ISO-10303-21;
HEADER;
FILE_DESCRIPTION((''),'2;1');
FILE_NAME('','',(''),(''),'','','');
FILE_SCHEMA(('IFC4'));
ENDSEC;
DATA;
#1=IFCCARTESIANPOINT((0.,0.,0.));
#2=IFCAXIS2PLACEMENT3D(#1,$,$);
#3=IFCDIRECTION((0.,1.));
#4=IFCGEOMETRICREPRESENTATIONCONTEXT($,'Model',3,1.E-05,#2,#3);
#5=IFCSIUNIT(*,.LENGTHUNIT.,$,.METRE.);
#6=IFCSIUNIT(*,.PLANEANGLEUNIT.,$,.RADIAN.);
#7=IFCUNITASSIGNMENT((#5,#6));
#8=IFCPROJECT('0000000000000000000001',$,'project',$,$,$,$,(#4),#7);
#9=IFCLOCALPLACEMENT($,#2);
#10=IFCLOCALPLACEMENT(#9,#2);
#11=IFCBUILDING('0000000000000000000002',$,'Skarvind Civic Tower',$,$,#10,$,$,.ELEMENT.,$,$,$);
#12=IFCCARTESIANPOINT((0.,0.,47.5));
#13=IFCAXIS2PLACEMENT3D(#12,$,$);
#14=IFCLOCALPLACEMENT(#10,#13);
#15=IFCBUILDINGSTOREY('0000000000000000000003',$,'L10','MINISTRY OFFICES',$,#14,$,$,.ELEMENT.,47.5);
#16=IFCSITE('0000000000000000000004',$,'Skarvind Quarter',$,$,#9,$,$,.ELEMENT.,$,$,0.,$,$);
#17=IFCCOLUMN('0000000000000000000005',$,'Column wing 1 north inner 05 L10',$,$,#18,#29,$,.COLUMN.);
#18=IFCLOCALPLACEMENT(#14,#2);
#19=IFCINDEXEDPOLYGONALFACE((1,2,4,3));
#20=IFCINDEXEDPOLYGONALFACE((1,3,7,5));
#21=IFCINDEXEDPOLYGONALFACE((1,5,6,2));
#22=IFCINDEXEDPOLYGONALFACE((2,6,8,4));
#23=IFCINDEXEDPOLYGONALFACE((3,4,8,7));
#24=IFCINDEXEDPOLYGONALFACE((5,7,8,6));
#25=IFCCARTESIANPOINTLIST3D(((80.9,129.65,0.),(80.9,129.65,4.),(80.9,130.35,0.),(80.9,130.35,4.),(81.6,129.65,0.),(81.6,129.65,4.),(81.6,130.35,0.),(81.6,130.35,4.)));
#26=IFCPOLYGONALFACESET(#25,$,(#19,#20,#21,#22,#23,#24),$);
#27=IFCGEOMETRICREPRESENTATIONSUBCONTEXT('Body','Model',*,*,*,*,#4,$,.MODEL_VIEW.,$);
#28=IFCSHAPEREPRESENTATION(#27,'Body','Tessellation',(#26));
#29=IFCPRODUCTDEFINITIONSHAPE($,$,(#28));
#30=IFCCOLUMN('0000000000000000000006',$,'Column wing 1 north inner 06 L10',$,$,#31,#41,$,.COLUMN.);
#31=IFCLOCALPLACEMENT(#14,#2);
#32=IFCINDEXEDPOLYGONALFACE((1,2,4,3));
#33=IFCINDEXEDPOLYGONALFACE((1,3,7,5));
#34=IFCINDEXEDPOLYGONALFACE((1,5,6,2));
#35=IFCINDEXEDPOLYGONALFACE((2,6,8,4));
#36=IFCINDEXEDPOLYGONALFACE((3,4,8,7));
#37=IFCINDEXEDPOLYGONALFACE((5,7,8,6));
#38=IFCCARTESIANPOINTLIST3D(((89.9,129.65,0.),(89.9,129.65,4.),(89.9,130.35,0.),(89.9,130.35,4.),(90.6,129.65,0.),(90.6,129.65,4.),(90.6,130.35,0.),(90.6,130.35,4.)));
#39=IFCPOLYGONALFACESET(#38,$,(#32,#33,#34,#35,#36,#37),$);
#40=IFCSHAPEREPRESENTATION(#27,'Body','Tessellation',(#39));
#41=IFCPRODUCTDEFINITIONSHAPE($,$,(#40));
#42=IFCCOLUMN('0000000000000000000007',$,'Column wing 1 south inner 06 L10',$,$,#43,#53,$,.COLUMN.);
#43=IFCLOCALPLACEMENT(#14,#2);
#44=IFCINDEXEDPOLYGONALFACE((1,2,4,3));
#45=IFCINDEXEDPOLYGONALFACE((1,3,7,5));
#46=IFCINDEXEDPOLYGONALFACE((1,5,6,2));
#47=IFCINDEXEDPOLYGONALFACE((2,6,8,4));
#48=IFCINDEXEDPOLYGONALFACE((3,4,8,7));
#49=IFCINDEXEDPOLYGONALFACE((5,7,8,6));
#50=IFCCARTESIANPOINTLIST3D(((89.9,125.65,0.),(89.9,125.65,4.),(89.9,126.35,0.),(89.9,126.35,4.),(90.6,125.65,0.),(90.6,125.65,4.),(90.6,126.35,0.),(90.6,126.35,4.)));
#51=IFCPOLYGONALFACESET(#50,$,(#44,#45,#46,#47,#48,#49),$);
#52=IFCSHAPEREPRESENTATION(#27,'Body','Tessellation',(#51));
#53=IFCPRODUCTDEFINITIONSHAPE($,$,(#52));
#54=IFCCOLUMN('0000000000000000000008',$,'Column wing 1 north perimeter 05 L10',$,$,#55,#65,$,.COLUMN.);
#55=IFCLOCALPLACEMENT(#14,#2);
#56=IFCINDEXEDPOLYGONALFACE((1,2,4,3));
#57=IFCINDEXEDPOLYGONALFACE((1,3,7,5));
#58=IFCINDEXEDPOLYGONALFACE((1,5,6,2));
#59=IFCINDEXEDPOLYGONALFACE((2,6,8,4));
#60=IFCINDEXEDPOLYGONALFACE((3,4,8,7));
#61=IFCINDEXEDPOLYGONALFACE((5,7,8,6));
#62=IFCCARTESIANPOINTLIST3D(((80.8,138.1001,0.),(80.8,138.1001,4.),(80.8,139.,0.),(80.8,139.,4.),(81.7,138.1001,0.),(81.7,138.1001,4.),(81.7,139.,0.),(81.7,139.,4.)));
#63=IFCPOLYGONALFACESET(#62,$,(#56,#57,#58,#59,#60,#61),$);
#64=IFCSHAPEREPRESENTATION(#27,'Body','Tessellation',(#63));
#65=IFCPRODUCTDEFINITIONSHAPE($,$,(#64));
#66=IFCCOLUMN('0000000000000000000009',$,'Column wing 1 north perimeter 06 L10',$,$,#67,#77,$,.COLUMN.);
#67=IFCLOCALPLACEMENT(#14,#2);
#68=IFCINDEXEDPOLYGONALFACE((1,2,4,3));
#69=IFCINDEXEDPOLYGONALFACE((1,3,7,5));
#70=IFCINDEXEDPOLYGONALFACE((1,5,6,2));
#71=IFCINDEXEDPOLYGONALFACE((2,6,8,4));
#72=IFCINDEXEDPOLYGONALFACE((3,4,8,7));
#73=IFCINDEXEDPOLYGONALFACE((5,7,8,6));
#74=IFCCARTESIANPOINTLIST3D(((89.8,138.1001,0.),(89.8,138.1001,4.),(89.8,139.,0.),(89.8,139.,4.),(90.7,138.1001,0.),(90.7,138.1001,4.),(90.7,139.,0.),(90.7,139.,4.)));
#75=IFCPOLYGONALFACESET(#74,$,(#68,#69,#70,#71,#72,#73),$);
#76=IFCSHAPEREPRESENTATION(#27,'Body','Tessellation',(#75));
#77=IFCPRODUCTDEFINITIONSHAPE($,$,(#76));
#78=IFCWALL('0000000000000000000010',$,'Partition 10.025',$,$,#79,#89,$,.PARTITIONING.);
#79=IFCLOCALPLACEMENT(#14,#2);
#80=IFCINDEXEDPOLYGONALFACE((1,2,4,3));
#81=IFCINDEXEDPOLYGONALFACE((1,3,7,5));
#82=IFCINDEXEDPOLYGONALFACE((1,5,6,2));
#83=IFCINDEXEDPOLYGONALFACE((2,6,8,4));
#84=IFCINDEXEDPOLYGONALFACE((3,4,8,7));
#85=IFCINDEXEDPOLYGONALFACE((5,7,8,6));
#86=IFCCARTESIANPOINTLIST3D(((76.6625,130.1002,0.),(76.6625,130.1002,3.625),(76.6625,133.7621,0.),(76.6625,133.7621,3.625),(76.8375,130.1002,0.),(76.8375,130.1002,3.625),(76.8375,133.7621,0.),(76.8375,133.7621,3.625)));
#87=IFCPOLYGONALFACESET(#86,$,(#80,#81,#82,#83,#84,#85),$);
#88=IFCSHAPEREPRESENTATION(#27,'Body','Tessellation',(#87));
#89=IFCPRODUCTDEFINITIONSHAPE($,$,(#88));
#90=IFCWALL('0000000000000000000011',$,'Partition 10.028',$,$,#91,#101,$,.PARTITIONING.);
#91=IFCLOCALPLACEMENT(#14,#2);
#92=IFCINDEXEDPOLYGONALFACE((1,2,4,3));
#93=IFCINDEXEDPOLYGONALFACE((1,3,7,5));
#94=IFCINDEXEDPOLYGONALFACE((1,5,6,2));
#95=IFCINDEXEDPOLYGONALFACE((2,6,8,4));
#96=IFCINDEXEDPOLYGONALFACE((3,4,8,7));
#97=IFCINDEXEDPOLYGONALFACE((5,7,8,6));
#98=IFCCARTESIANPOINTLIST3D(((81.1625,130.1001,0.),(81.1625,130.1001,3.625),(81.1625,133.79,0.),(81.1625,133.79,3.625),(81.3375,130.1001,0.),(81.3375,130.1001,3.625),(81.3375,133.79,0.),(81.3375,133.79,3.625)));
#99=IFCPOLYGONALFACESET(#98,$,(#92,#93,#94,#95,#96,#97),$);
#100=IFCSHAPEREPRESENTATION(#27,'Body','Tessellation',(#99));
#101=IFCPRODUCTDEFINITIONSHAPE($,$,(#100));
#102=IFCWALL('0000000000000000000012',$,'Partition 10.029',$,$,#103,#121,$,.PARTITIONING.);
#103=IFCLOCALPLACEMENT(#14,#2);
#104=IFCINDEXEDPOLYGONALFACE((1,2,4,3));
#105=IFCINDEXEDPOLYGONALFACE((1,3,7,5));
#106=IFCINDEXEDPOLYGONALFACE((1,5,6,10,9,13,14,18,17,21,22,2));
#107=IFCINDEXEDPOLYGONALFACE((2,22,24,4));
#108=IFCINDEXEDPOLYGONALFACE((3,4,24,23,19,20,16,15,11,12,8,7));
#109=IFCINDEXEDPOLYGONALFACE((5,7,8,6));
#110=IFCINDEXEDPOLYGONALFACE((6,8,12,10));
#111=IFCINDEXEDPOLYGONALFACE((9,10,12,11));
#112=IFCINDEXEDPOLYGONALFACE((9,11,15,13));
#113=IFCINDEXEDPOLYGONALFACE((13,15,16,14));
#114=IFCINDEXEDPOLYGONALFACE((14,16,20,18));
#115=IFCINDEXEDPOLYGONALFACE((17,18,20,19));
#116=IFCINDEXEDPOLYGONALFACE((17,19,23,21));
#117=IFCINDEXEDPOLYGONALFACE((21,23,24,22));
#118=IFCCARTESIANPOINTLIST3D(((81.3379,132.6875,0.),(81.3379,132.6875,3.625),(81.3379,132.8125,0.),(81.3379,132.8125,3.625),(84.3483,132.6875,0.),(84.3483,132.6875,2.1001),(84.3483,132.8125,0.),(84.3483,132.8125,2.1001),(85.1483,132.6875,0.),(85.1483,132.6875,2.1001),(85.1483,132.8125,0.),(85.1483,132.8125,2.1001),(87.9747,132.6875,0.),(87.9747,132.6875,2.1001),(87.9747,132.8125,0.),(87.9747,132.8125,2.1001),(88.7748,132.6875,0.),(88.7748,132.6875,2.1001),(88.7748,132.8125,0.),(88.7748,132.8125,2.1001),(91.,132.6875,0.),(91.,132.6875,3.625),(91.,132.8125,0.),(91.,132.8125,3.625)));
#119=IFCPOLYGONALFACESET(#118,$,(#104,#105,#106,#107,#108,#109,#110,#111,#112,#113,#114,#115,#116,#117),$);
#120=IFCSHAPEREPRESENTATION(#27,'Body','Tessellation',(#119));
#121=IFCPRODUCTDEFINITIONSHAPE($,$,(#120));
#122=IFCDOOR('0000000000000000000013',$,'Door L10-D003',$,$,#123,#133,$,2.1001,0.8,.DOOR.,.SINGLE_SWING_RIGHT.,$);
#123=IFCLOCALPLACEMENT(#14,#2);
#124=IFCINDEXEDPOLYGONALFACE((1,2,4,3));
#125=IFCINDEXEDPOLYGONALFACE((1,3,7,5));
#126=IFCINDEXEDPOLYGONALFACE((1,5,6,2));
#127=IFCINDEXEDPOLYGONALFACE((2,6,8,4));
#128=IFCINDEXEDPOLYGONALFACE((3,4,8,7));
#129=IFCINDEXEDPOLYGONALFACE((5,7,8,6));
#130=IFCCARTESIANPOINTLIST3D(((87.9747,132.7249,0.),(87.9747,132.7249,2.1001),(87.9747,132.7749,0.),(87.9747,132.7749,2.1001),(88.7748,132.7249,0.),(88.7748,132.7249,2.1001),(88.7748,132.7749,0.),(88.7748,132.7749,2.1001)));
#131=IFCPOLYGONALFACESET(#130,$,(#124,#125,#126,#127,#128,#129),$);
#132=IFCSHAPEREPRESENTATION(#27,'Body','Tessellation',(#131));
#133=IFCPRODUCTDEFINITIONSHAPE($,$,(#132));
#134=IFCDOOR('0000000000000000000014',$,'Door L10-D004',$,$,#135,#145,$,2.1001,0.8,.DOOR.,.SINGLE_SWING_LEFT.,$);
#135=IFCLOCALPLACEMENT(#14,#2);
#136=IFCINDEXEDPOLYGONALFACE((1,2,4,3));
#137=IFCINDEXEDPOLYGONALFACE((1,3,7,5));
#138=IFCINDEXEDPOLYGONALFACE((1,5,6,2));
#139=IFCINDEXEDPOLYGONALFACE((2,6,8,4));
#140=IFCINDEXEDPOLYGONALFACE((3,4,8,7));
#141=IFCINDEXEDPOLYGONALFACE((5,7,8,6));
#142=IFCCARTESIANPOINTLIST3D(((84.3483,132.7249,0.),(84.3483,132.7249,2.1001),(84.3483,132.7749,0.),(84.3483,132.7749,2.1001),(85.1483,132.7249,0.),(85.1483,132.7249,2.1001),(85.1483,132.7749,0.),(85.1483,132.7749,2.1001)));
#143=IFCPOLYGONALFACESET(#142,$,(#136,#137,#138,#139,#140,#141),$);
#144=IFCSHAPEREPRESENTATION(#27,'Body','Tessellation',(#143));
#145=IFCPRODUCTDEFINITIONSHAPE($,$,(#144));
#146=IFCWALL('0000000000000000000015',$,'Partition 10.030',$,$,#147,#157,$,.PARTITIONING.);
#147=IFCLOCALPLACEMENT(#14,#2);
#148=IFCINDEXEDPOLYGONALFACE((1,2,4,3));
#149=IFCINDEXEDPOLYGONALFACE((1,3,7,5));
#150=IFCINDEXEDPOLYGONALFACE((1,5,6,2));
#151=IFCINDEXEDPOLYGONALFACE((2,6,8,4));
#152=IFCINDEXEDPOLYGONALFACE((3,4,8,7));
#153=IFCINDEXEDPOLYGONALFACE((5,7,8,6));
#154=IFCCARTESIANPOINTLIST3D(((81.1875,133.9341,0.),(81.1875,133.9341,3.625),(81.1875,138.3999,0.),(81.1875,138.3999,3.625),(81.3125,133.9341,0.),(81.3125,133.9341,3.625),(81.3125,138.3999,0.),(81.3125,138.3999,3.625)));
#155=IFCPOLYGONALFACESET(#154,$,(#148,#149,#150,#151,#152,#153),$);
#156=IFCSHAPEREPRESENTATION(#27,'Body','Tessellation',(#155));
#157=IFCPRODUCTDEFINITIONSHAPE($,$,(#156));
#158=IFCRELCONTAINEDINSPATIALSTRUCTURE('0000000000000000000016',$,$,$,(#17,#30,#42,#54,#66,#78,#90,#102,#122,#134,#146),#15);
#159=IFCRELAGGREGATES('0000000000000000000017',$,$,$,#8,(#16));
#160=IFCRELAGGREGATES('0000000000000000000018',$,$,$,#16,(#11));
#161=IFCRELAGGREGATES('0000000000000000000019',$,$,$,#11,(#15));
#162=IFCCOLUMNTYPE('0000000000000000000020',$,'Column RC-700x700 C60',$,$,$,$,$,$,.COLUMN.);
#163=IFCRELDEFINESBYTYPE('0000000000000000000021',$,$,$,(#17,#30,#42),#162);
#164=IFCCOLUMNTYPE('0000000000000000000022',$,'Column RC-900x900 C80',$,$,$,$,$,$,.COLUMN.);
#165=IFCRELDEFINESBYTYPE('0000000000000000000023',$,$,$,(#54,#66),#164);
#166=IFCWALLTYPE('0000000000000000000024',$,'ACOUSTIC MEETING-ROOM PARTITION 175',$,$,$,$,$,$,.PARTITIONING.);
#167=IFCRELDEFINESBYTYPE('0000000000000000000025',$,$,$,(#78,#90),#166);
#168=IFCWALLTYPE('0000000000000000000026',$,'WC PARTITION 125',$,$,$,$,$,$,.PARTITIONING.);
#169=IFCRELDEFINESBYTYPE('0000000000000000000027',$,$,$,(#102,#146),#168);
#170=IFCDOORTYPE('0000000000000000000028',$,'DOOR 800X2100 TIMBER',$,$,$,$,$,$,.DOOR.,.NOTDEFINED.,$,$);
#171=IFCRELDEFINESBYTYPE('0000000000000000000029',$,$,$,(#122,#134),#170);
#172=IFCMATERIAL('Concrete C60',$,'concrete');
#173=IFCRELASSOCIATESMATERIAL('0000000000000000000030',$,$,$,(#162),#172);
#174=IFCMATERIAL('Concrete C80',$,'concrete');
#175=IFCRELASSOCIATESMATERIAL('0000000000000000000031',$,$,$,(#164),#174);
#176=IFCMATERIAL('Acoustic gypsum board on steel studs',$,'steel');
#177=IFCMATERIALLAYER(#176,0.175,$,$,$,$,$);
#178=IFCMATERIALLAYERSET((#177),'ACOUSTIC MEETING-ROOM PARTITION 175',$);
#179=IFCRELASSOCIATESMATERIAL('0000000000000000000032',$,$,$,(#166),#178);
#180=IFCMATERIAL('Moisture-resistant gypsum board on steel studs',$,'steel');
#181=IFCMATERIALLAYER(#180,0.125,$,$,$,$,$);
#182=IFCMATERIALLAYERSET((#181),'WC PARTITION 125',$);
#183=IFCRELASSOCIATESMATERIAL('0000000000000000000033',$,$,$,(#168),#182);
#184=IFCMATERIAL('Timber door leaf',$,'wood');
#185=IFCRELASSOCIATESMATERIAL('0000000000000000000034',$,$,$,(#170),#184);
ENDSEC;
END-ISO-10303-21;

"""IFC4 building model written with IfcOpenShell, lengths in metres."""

from ifc_helpers import new_model, si_unit, direction, frame, frame_2d, origin, origin_2d, place, context, subcontext, project, spatial, rectangle, extrude, material, layer, layer_set, material_profile, profile_set, type_object, element, fill, save


model = new_model("IFC4")

# Units and contexts
model_context = context("Model", 3, precision=1e-05, world=origin(), true_north=direction((0.0, 1.0)))
body_context = subcontext(model_context, "Body", "Model", "MODEL_VIEW")
ifc_project = project(units=[si_unit("LENGTHUNIT", "METRE"), si_unit("PLANEANGLEUNIT", "RADIAN")], contexts=[model_context])

# Site, building, storey
site_placement = place(None, origin())
site = spatial("IfcSite", under=ifc_project, at=site_placement, Name="Skarvind Quarter", CompositionType="ELEMENT", RefElevation=0.0)
building_placement = place(site_placement, origin())
building = spatial("IfcBuilding", under=site, at=building_placement, Name="Skarvind Civic Tower", CompositionType="ELEMENT")
storey_placement = place(building_placement, frame((0.0, 0.0, 47.5)))
storey = spatial("IfcBuildingStorey", under=building, at=storey_placement, Name="L10", Description="MINISTRY OFFICES", CompositionType="ELEMENT", Elevation=47.5)

# Columns
ifc_material_1 = material(Name="Concrete C60", Category="concrete")
ifc_material_profile_1 = material_profile(ifc_material_1, rectangle(XDim=0.7, YDim=0.7, at=origin_2d()), Name="RC-700x700")
ifc_profile_set_1 = profile_set([ifc_material_profile_1], Name="Concrete C60")
column_type_1 = type_object("IfcColumnType", Name="Column RC-700x700 C60", PredefinedType="COLUMN", material=ifc_profile_set_1)
for number, where, z_axis, x_axis, name in (
    (1, (81.25, 130.0, 0.0), (0.0, 0.0, 1.0), (1.0, 0.0, 0.0), "Column wing 1 north inner 05 L10"),
    (2, (90.25, 130.0, 0.0), (0.0, 0.0, 1.0), (1.0, 0.0, 0.0), "Column wing 1 north inner 06 L10"),
    (3, (90.25, 126.0, 0.0), (0.0, 0.0, 1.0), (1.0, 0.0, 0.0), "Column wing 1 south inner 06 L10"),
):
    element("IfcColumn", number, at=place(storey_placement, frame(where, z_axis=z_axis, x_axis=x_axis)), inside=storey, type_object=column_type_1, Name=name, PredefinedType="COLUMN", context=body_context, shape_type="SweptSolid", body=[
        extrude(rectangle(XDim=0.7, YDim=0.7, at=origin_2d()), origin(), (0.0, 0.0, 1.0), 4.0),
    ])
ifc_material_2 = material(Name="Concrete C80", Category="concrete")
ifc_material_profile_2 = material_profile(ifc_material_2, rectangle(XDim=0.8999, YDim=0.8999, at=origin_2d()), Name="RC-900x900")
ifc_profile_set_2 = profile_set([ifc_material_profile_2], Name="Concrete C80")
column_type_2 = type_object("IfcColumnType", Name="Column RC-900x900 C80", PredefinedType="COLUMN", material=ifc_profile_set_2)
for number, where, z_axis, x_axis, name in (
    (4, (81.25, 138.55, 0.0), (0.0, 0.0, 1.0), (1.0, 0.0, 0.0), "Column wing 1 north perimeter 05 L10"),
    (5, (90.25, 138.55, 0.0), (0.0, 0.0, 1.0), (1.0, 0.0, 0.0), "Column wing 1 north perimeter 06 L10"),
):
    element("IfcColumn", number, at=place(storey_placement, frame(where, z_axis=z_axis, x_axis=x_axis)), inside=storey, type_object=column_type_2, Name=name, PredefinedType="COLUMN", context=body_context, shape_type="SweptSolid", body=[
        extrude(rectangle(XDim=0.8999, YDim=0.8999, at=origin_2d()), origin(), (0.0, 0.0, 1.0), 4.0),
    ])

# Walls
ifc_material_3 = material(Name="Acoustic gypsum board on steel studs", Category="steel")
ifc_layer_1 = layer(ifc_material_3, 0.175)
ifc_layer_set_1 = layer_set([ifc_layer_1], Name="ACOUSTIC MEETING-ROOM PARTITION 175")
wall_type_1 = type_object("IfcWallType", Name="ACOUSTIC MEETING-ROOM PARTITION 175", PredefinedType="PARTITIONING", material=ifc_layer_set_1)
wall_1_placement = place(storey_placement, frame((76.75, 130.1001, 0.0), z_axis=(0.0, 0.0, 1.0), x_axis=(0.0, 1.0, 0.0)))
element("IfcWall", 6, at=wall_1_placement, inside=storey, type_object=wall_type_1, Name="Partition 10.025", PredefinedType="PARTITIONING", context=body_context, shape_type="SweptSolid", body=[
    extrude(rectangle(XDim=3.6619, YDim=0.175, at=frame_2d((1.8311, 0.0))), origin(), (0.0, 0.0, 1.0), 3.625),
])
wall_2_placement = place(storey_placement, frame((81.25, 130.1001, 0.0), z_axis=(0.0, 0.0, 1.0), x_axis=(0.0, 1.0, 0.0)))
element("IfcWall", 7, at=wall_2_placement, inside=storey, type_object=wall_type_1, Name="Partition 10.028", PredefinedType="PARTITIONING", context=body_context, shape_type="SweptSolid", body=[
    extrude(rectangle(XDim=3.6899, YDim=0.175, at=frame_2d((1.845, 0.0))), origin(), (0.0, 0.0, 1.0), 3.625),
])

# Wall, openings, doors
ifc_material_4 = material(Name="Moisture-resistant gypsum board on steel studs", Category="steel")
ifc_layer_2 = layer(ifc_material_4, 0.125)
ifc_layer_set_2 = layer_set([ifc_layer_2], Name="WC PARTITION 125")
wall_type_2 = type_object("IfcWallType", Name="WC PARTITION 125", PredefinedType="PARTITIONING", material=ifc_layer_set_2)
wall_3_placement = place(storey_placement, frame((81.3379, 132.75, 0.0), z_axis=(0.0, 0.0, 1.0), x_axis=(1.0, 0.0, 0.0)))
wall_3 = element("IfcWall", 8, at=wall_3_placement, inside=storey, type_object=wall_type_2, Name="Partition 10.029", PredefinedType="PARTITIONING", context=body_context, shape_type="SweptSolid", body=[
    extrude(rectangle(XDim=9.6621, YDim=0.125, at=frame_2d((4.8311, 0.0))), origin(), (0.0, 0.0, 1.0), 3.625),
])
opening_1_placement = place(wall_3_placement, frame((6.637, 0.0, 0.0)))
opening_1 = element("IfcOpeningElement", 9, at=opening_1_placement, cuts=wall_3, PredefinedType="OPENING", context=body_context, shape_type="SweptSolid", body=[
    extrude(rectangle(XDim=0.8, YDim=2.1001, at=frame_2d((0.3999, 1.05))), frame((0.0, 0.0725, 0.0), z_axis=(0.0, -1.0, 0.0), x_axis=(1.0, 0.0, 0.0)), (0.0, 0.0, 1.0), 0.145),
])
opening_2_placement = place(wall_3_placement, frame((3.0105, 0.0, 0.0)))
opening_2 = element("IfcOpeningElement", 10, at=opening_2_placement, cuts=wall_3, PredefinedType="OPENING", context=body_context, shape_type="SweptSolid", body=[
    extrude(rectangle(XDim=0.8, YDim=2.1001, at=frame_2d((0.3999, 1.05))), frame((0.0, 0.0725, 0.0), z_axis=(0.0, -1.0, 0.0), x_axis=(1.0, 0.0, 0.0)), (0.0, 0.0, 1.0), 0.145),
])
ifc_material_5 = material(Name="Timber door leaf", Category="wood")
door_type_1 = type_object("IfcDoorType", Name="DOOR 800X2100 TIMBER", OperationType="NOTDEFINED", PredefinedType="DOOR", material=ifc_material_5)
door_1_placement = place(opening_1_placement, origin())
door_1 = element("IfcDoor", 11, at=door_1_placement, inside=storey, type_object=door_type_1, Name="Door L10-D003", OperationType="SINGLE_SWING_RIGHT", OverallHeight=2.1001, OverallWidth=0.8, PredefinedType="DOOR", context=body_context, shape_type="SweptSolid", body=[
    extrude(rectangle(XDim=0.8, YDim=2.1001, at=frame_2d((0.3999, 1.05))), frame((0.0, 0.0249, 0.0), z_axis=(0.0, -1.0, 0.0), x_axis=(1.0, 0.0, 0.0)), (0.0, 0.0, 1.0), 0.05),
])
fill(opening_1, door_1)
door_2_placement = place(opening_2_placement, origin())
door_2 = element("IfcDoor", 12, at=door_2_placement, inside=storey, type_object=door_type_1, Name="Door L10-D004", OperationType="SINGLE_SWING_LEFT", OverallHeight=2.1001, OverallWidth=0.8, PredefinedType="DOOR", context=body_context, shape_type="SweptSolid", body=[
    extrude(rectangle(XDim=0.8, YDim=2.1001, at=frame_2d((0.3999, 1.05))), frame((0.0, 0.0249, 0.0), z_axis=(0.0, -1.0, 0.0), x_axis=(1.0, 0.0, 0.0)), (0.0, 0.0, 1.0), 0.05),
])
fill(opening_2, door_2)

# Wall
wall_4_placement = place(storey_placement, frame((81.25, 133.9341, 0.0), z_axis=(0.0, 0.0, 1.0), x_axis=(0.0, 1.0, 0.0)))
element("IfcWall", 13, at=wall_4_placement, inside=storey, type_object=wall_type_2, Name="Partition 10.030", PredefinedType="PARTITIONING", context=body_context, shape_type="SweptSolid", body=[
    extrude(rectangle(XDim=4.4658, YDim=0.125, at=frame_2d((2.2329, 0.0))), origin(), (0.0, 0.0, 1.0), 3.625),
])

save(model, "model.ifc")
